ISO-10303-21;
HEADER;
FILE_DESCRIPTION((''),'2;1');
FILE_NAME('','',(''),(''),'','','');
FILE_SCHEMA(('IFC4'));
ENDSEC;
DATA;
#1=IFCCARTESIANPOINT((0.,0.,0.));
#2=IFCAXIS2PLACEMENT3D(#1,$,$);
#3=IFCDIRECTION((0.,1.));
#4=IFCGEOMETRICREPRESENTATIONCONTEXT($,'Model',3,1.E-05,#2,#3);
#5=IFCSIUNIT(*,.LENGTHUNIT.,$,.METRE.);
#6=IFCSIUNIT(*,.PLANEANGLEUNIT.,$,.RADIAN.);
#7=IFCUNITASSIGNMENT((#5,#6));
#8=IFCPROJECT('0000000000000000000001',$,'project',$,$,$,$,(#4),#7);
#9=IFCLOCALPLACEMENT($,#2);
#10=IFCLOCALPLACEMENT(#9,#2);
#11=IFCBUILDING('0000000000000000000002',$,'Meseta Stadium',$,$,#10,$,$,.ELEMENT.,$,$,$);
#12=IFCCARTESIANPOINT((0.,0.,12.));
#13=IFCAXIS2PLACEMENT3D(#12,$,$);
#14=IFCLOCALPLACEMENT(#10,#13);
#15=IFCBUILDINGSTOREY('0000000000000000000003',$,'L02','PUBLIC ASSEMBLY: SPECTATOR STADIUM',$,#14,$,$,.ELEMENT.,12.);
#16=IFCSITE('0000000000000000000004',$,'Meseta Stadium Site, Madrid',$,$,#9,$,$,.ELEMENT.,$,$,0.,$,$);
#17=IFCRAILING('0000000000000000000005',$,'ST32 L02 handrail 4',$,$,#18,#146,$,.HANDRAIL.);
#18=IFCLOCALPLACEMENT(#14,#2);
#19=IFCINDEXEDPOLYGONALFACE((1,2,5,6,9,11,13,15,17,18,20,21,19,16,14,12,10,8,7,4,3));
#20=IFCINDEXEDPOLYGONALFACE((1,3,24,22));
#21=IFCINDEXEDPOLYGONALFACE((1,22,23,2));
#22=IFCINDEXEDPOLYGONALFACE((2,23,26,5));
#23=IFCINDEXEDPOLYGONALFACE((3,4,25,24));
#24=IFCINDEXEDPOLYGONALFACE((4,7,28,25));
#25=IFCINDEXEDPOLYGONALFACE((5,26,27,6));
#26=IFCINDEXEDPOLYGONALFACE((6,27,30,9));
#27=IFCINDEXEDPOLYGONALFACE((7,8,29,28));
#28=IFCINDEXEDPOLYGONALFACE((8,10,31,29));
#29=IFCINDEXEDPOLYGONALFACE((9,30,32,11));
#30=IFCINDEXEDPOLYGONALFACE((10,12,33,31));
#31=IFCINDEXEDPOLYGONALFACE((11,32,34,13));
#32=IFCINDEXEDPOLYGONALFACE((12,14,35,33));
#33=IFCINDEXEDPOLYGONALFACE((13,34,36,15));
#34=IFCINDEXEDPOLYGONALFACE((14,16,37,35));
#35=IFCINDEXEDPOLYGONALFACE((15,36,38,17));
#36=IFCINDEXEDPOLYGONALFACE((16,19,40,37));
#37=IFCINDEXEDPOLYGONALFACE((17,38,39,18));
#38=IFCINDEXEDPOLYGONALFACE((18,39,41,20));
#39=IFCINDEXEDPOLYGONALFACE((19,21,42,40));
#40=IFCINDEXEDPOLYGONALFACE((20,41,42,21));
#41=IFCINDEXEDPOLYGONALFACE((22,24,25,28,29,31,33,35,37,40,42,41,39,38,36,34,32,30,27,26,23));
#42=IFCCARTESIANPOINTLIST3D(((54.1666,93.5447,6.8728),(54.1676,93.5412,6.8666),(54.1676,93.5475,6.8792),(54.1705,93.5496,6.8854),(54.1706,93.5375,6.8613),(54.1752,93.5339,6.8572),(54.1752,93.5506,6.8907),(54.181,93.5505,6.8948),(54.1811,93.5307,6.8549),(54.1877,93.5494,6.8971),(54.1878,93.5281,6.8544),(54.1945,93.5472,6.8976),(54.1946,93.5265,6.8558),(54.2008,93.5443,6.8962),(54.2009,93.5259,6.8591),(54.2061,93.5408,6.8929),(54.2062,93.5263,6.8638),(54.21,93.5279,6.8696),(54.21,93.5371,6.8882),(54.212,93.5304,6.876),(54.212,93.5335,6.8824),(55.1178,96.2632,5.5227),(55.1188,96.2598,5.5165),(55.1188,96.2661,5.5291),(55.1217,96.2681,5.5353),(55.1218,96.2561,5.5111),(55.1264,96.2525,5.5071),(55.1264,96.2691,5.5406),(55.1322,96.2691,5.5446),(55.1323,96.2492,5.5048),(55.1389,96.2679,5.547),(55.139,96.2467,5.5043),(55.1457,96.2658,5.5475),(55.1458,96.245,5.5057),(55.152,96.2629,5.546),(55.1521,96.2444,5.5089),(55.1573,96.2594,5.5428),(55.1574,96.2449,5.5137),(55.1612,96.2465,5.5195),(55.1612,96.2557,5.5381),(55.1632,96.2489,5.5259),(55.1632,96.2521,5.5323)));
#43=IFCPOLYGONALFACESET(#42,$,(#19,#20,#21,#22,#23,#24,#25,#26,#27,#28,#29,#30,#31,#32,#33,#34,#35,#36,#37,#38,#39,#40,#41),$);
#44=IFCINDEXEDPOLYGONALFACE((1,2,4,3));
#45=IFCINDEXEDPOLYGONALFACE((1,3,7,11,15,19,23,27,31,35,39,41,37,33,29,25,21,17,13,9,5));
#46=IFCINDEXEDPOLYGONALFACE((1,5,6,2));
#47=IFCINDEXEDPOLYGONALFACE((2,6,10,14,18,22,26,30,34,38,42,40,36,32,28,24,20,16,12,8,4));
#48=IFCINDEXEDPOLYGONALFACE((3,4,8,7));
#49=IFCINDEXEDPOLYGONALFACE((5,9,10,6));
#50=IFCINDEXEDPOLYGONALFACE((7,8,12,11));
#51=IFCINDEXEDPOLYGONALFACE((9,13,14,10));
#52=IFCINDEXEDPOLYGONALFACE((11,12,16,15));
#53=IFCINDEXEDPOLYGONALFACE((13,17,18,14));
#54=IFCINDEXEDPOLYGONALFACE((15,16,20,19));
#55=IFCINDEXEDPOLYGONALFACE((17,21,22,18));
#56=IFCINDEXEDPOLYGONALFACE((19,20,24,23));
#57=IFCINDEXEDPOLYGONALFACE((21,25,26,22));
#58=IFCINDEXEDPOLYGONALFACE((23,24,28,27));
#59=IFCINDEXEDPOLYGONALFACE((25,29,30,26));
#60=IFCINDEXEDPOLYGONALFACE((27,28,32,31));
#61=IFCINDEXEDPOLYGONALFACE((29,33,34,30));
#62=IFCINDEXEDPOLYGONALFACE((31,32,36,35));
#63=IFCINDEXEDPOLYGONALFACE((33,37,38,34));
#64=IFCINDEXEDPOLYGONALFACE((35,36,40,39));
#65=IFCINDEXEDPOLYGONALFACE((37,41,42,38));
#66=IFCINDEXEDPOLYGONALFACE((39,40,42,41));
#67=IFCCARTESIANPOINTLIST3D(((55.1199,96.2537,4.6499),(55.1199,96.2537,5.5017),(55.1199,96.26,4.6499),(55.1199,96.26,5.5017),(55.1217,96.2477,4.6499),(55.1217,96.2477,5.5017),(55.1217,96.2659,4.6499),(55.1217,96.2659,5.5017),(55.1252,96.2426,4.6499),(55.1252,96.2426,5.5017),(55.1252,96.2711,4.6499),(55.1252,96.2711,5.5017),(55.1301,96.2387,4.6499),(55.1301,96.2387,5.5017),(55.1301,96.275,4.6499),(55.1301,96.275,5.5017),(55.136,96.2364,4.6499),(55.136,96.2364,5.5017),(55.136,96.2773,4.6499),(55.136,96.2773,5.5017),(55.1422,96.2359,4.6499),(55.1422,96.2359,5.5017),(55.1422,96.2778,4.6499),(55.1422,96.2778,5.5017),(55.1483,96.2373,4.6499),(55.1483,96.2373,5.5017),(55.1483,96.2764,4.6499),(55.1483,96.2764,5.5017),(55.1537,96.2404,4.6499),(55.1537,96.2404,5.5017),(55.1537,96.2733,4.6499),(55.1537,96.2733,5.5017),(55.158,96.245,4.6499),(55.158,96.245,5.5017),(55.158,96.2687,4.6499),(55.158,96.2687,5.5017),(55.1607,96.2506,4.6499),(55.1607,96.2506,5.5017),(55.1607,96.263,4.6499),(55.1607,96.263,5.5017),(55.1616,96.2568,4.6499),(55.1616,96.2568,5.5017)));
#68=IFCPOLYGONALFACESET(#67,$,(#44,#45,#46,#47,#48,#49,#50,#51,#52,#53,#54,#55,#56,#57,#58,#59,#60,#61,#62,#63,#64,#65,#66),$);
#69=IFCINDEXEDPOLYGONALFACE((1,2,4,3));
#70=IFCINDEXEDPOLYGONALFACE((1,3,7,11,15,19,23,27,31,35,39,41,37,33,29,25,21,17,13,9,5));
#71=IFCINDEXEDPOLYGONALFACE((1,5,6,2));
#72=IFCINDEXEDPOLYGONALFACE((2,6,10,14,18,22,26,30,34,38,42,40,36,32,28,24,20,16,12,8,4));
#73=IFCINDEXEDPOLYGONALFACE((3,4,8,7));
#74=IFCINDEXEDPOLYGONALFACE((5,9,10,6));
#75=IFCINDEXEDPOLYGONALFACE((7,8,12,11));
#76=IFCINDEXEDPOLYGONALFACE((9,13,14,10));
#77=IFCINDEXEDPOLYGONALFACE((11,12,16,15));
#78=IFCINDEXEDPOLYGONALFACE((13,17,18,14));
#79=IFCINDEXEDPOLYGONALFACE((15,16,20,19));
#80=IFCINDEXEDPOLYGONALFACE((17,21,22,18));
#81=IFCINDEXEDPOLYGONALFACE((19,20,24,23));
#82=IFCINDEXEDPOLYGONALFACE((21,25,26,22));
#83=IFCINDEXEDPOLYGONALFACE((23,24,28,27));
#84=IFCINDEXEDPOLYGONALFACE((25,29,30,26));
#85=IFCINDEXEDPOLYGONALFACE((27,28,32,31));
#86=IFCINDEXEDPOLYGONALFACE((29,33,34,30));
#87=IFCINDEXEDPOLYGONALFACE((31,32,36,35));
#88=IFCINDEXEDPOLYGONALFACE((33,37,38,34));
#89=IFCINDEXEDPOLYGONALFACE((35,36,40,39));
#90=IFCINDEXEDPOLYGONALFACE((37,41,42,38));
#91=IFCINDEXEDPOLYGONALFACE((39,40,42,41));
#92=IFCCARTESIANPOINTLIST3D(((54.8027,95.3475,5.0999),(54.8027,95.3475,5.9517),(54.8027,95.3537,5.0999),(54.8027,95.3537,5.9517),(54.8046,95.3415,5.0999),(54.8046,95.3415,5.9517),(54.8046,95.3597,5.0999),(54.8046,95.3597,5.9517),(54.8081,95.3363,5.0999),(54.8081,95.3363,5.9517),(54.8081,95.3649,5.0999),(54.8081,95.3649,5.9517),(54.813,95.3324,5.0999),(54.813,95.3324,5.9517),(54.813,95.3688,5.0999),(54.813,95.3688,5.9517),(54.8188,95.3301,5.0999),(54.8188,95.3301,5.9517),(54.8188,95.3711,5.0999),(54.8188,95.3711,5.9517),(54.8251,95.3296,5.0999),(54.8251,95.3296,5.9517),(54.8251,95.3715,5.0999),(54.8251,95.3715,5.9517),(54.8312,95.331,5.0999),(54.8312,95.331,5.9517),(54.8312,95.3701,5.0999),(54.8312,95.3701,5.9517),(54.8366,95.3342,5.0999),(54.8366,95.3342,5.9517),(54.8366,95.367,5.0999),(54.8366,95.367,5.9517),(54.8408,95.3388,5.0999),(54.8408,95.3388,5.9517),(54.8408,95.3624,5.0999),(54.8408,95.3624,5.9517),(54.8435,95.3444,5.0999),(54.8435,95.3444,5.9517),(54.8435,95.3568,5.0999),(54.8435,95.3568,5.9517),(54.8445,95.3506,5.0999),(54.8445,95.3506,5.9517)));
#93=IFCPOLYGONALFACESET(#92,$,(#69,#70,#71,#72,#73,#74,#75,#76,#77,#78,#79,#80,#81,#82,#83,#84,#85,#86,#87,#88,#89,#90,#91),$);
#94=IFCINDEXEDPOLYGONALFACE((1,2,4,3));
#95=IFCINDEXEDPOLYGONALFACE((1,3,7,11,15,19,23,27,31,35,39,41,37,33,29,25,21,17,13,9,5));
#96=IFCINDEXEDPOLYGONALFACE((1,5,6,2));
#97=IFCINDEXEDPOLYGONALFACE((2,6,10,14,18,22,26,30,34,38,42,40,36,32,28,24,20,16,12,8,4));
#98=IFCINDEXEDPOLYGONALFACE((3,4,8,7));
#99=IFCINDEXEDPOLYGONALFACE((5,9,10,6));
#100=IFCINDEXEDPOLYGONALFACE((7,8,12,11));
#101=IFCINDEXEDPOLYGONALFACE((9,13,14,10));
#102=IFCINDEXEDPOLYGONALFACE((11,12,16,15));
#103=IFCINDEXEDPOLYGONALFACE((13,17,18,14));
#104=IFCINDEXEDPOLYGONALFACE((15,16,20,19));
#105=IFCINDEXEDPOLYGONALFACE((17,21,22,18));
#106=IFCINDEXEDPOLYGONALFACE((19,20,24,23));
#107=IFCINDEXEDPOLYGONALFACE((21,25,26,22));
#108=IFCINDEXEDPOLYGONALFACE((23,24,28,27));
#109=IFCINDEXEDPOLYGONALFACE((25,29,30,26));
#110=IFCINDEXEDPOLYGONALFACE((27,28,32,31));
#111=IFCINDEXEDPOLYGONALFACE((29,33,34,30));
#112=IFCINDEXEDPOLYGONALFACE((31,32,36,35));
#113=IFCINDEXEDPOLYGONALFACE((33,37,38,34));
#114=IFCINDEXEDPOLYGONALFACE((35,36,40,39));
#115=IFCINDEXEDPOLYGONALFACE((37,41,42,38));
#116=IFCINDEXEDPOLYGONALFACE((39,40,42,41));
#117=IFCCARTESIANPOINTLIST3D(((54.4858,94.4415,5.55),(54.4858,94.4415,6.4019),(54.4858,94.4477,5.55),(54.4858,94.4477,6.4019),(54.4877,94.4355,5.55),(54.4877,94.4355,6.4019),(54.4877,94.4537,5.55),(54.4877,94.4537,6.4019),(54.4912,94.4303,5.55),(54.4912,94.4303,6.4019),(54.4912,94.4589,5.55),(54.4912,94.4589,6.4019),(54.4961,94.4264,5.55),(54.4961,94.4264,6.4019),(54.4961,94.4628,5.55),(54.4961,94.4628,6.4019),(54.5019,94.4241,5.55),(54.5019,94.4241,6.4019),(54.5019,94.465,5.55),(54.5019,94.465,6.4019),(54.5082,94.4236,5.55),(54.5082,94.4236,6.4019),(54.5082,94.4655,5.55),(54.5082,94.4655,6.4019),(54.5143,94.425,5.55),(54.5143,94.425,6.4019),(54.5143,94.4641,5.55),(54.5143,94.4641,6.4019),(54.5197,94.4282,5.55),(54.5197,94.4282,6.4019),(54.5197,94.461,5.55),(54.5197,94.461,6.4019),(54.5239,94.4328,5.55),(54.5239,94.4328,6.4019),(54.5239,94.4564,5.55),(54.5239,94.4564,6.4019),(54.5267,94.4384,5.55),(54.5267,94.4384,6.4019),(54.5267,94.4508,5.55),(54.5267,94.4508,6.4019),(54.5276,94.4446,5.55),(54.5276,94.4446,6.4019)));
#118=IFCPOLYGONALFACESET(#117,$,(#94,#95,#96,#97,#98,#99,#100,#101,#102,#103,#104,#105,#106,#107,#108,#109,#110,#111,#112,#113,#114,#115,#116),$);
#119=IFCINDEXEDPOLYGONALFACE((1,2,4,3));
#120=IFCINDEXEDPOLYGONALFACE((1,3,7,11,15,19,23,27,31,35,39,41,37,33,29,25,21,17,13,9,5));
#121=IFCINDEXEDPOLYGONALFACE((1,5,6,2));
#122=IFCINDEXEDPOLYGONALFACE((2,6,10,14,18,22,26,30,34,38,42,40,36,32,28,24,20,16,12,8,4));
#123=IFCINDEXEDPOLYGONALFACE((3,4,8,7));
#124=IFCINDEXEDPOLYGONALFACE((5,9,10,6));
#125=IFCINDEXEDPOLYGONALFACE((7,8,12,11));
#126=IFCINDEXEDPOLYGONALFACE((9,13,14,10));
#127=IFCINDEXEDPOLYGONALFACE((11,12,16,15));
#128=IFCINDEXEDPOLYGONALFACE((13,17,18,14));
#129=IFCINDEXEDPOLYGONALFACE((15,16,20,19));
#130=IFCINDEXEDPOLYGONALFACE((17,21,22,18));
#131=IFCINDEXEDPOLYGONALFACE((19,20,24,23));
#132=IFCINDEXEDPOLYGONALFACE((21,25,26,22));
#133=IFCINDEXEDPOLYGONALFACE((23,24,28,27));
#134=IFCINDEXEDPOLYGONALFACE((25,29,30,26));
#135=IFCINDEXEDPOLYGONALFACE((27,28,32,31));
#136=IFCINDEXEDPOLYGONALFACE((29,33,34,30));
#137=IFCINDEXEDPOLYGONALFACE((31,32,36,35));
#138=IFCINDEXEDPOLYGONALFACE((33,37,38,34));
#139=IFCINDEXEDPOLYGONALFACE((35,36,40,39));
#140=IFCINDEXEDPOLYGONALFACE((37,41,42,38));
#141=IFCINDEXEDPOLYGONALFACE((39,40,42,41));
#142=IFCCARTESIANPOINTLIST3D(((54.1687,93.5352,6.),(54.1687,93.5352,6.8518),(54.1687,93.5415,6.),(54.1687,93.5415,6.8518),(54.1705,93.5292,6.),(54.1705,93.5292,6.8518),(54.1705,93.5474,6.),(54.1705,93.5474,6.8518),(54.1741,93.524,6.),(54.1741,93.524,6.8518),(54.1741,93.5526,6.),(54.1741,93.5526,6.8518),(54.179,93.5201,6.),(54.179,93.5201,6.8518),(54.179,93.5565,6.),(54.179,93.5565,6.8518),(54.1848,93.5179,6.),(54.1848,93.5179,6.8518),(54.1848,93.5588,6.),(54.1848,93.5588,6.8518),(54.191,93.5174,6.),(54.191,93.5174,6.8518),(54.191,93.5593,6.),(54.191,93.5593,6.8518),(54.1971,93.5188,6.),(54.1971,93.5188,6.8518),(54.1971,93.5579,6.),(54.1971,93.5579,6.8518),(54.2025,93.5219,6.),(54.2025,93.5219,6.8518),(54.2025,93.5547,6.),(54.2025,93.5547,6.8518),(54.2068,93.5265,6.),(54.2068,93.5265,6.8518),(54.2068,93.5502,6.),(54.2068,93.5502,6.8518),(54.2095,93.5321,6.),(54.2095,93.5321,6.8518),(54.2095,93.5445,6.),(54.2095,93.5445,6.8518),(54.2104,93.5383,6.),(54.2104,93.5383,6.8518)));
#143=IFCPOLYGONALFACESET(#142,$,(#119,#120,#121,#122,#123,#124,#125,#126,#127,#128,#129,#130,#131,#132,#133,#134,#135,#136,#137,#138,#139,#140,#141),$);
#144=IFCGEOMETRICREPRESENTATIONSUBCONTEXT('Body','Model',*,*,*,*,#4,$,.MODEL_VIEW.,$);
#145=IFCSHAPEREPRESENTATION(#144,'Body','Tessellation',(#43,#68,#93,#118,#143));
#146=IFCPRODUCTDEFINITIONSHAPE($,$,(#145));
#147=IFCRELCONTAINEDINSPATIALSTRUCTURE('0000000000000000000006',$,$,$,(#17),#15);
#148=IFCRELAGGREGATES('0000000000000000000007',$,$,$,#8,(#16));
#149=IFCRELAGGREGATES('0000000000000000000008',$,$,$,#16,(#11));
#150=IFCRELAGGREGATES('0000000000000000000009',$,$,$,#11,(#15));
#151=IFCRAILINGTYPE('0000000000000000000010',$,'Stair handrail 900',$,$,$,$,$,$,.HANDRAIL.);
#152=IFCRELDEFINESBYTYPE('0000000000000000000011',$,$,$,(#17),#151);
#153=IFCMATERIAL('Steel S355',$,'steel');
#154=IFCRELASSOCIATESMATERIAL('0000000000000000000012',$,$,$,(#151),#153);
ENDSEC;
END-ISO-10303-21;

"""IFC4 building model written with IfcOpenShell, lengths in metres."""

from ifc_helpers import new_model, si_unit, direction, frame, origin, origin_2d, place, context, subcontext, project, spatial, circle, extrude, material, type_object, element, save


model = new_model("IFC4")

# Units and contexts
model_context = context("Model", 3, precision=1e-05, world=origin(), true_north=direction((0.0, 1.0)))
body_context = subcontext(model_context, "Body", "Model", "MODEL_VIEW")
ifc_project = project(units=[si_unit("LENGTHUNIT", "METRE"), si_unit("PLANEANGLEUNIT", "RADIAN")], contexts=[model_context])

# Site, building, storey
site_placement = place(None, origin())
site = spatial("IfcSite", under=ifc_project, at=site_placement, Name="Meseta Stadium Site, Madrid", CompositionType="ELEMENT", RefElevation=0.0)
building_placement = place(site_placement, origin())
building = spatial("IfcBuilding", under=site, at=building_placement, Name="Meseta Stadium", CompositionType="ELEMENT")
storey_placement = place(building_placement, frame((0.0, 0.0, 12.0)))
storey = spatial("IfcBuildingStorey", under=building, at=storey_placement, Name="L02", Description="PUBLIC ASSEMBLY: SPECTATOR STADIUM", CompositionType="ELEMENT", Elevation=12.0)

# Railing
ifc_material_1 = material(Name="Steel S355", Category="steel")
railing_type_1 = type_object("IfcRailingType", Name="Stair handrail 900", PredefinedType="HANDRAIL", material=ifc_material_1)
for number, where, name in (
    (1, (55.1406, 96.2568, 4.6499), "ST32 L02 handrail 4"),
):
    element("IfcRailing", number, at=place(storey_placement, frame(where)), inside=storey, type_object=railing_type_1, Name=name, PredefinedType="HANDRAIL", context=body_context, shape_type="SweptSolid", body=[
        extrude(circle(Radius=0.0239, at=origin_2d()), frame((0.0, 0.0, 0.876), z_axis=(-0.299031, -0.854649, 0.424446), x_axis=(0.943891, -0.330256, 0.0)), (0.0, 0.0, 1.0), 3.1809),
        extrude(circle(Radius=0.021, at=origin_2d()), origin(), (0.0, 0.0, 1.0), 0.8518),
        extrude(circle(Radius=0.021, at=origin_2d()), frame((-0.3171, -0.9062, 0.45)), (0.0, 0.0, 1.0), 0.8518),
        extrude(circle(Radius=0.021, at=origin_2d()), frame((-0.634, -1.8123, 0.9001)), (0.0, 0.0, 1.0), 0.8518),
        extrude(circle(Radius=0.021, at=origin_2d()), frame((-0.9512, -2.7185, 1.3501)), (0.0, 0.0, 1.0), 0.8518),
    ])

save(model, "model.ifc")
